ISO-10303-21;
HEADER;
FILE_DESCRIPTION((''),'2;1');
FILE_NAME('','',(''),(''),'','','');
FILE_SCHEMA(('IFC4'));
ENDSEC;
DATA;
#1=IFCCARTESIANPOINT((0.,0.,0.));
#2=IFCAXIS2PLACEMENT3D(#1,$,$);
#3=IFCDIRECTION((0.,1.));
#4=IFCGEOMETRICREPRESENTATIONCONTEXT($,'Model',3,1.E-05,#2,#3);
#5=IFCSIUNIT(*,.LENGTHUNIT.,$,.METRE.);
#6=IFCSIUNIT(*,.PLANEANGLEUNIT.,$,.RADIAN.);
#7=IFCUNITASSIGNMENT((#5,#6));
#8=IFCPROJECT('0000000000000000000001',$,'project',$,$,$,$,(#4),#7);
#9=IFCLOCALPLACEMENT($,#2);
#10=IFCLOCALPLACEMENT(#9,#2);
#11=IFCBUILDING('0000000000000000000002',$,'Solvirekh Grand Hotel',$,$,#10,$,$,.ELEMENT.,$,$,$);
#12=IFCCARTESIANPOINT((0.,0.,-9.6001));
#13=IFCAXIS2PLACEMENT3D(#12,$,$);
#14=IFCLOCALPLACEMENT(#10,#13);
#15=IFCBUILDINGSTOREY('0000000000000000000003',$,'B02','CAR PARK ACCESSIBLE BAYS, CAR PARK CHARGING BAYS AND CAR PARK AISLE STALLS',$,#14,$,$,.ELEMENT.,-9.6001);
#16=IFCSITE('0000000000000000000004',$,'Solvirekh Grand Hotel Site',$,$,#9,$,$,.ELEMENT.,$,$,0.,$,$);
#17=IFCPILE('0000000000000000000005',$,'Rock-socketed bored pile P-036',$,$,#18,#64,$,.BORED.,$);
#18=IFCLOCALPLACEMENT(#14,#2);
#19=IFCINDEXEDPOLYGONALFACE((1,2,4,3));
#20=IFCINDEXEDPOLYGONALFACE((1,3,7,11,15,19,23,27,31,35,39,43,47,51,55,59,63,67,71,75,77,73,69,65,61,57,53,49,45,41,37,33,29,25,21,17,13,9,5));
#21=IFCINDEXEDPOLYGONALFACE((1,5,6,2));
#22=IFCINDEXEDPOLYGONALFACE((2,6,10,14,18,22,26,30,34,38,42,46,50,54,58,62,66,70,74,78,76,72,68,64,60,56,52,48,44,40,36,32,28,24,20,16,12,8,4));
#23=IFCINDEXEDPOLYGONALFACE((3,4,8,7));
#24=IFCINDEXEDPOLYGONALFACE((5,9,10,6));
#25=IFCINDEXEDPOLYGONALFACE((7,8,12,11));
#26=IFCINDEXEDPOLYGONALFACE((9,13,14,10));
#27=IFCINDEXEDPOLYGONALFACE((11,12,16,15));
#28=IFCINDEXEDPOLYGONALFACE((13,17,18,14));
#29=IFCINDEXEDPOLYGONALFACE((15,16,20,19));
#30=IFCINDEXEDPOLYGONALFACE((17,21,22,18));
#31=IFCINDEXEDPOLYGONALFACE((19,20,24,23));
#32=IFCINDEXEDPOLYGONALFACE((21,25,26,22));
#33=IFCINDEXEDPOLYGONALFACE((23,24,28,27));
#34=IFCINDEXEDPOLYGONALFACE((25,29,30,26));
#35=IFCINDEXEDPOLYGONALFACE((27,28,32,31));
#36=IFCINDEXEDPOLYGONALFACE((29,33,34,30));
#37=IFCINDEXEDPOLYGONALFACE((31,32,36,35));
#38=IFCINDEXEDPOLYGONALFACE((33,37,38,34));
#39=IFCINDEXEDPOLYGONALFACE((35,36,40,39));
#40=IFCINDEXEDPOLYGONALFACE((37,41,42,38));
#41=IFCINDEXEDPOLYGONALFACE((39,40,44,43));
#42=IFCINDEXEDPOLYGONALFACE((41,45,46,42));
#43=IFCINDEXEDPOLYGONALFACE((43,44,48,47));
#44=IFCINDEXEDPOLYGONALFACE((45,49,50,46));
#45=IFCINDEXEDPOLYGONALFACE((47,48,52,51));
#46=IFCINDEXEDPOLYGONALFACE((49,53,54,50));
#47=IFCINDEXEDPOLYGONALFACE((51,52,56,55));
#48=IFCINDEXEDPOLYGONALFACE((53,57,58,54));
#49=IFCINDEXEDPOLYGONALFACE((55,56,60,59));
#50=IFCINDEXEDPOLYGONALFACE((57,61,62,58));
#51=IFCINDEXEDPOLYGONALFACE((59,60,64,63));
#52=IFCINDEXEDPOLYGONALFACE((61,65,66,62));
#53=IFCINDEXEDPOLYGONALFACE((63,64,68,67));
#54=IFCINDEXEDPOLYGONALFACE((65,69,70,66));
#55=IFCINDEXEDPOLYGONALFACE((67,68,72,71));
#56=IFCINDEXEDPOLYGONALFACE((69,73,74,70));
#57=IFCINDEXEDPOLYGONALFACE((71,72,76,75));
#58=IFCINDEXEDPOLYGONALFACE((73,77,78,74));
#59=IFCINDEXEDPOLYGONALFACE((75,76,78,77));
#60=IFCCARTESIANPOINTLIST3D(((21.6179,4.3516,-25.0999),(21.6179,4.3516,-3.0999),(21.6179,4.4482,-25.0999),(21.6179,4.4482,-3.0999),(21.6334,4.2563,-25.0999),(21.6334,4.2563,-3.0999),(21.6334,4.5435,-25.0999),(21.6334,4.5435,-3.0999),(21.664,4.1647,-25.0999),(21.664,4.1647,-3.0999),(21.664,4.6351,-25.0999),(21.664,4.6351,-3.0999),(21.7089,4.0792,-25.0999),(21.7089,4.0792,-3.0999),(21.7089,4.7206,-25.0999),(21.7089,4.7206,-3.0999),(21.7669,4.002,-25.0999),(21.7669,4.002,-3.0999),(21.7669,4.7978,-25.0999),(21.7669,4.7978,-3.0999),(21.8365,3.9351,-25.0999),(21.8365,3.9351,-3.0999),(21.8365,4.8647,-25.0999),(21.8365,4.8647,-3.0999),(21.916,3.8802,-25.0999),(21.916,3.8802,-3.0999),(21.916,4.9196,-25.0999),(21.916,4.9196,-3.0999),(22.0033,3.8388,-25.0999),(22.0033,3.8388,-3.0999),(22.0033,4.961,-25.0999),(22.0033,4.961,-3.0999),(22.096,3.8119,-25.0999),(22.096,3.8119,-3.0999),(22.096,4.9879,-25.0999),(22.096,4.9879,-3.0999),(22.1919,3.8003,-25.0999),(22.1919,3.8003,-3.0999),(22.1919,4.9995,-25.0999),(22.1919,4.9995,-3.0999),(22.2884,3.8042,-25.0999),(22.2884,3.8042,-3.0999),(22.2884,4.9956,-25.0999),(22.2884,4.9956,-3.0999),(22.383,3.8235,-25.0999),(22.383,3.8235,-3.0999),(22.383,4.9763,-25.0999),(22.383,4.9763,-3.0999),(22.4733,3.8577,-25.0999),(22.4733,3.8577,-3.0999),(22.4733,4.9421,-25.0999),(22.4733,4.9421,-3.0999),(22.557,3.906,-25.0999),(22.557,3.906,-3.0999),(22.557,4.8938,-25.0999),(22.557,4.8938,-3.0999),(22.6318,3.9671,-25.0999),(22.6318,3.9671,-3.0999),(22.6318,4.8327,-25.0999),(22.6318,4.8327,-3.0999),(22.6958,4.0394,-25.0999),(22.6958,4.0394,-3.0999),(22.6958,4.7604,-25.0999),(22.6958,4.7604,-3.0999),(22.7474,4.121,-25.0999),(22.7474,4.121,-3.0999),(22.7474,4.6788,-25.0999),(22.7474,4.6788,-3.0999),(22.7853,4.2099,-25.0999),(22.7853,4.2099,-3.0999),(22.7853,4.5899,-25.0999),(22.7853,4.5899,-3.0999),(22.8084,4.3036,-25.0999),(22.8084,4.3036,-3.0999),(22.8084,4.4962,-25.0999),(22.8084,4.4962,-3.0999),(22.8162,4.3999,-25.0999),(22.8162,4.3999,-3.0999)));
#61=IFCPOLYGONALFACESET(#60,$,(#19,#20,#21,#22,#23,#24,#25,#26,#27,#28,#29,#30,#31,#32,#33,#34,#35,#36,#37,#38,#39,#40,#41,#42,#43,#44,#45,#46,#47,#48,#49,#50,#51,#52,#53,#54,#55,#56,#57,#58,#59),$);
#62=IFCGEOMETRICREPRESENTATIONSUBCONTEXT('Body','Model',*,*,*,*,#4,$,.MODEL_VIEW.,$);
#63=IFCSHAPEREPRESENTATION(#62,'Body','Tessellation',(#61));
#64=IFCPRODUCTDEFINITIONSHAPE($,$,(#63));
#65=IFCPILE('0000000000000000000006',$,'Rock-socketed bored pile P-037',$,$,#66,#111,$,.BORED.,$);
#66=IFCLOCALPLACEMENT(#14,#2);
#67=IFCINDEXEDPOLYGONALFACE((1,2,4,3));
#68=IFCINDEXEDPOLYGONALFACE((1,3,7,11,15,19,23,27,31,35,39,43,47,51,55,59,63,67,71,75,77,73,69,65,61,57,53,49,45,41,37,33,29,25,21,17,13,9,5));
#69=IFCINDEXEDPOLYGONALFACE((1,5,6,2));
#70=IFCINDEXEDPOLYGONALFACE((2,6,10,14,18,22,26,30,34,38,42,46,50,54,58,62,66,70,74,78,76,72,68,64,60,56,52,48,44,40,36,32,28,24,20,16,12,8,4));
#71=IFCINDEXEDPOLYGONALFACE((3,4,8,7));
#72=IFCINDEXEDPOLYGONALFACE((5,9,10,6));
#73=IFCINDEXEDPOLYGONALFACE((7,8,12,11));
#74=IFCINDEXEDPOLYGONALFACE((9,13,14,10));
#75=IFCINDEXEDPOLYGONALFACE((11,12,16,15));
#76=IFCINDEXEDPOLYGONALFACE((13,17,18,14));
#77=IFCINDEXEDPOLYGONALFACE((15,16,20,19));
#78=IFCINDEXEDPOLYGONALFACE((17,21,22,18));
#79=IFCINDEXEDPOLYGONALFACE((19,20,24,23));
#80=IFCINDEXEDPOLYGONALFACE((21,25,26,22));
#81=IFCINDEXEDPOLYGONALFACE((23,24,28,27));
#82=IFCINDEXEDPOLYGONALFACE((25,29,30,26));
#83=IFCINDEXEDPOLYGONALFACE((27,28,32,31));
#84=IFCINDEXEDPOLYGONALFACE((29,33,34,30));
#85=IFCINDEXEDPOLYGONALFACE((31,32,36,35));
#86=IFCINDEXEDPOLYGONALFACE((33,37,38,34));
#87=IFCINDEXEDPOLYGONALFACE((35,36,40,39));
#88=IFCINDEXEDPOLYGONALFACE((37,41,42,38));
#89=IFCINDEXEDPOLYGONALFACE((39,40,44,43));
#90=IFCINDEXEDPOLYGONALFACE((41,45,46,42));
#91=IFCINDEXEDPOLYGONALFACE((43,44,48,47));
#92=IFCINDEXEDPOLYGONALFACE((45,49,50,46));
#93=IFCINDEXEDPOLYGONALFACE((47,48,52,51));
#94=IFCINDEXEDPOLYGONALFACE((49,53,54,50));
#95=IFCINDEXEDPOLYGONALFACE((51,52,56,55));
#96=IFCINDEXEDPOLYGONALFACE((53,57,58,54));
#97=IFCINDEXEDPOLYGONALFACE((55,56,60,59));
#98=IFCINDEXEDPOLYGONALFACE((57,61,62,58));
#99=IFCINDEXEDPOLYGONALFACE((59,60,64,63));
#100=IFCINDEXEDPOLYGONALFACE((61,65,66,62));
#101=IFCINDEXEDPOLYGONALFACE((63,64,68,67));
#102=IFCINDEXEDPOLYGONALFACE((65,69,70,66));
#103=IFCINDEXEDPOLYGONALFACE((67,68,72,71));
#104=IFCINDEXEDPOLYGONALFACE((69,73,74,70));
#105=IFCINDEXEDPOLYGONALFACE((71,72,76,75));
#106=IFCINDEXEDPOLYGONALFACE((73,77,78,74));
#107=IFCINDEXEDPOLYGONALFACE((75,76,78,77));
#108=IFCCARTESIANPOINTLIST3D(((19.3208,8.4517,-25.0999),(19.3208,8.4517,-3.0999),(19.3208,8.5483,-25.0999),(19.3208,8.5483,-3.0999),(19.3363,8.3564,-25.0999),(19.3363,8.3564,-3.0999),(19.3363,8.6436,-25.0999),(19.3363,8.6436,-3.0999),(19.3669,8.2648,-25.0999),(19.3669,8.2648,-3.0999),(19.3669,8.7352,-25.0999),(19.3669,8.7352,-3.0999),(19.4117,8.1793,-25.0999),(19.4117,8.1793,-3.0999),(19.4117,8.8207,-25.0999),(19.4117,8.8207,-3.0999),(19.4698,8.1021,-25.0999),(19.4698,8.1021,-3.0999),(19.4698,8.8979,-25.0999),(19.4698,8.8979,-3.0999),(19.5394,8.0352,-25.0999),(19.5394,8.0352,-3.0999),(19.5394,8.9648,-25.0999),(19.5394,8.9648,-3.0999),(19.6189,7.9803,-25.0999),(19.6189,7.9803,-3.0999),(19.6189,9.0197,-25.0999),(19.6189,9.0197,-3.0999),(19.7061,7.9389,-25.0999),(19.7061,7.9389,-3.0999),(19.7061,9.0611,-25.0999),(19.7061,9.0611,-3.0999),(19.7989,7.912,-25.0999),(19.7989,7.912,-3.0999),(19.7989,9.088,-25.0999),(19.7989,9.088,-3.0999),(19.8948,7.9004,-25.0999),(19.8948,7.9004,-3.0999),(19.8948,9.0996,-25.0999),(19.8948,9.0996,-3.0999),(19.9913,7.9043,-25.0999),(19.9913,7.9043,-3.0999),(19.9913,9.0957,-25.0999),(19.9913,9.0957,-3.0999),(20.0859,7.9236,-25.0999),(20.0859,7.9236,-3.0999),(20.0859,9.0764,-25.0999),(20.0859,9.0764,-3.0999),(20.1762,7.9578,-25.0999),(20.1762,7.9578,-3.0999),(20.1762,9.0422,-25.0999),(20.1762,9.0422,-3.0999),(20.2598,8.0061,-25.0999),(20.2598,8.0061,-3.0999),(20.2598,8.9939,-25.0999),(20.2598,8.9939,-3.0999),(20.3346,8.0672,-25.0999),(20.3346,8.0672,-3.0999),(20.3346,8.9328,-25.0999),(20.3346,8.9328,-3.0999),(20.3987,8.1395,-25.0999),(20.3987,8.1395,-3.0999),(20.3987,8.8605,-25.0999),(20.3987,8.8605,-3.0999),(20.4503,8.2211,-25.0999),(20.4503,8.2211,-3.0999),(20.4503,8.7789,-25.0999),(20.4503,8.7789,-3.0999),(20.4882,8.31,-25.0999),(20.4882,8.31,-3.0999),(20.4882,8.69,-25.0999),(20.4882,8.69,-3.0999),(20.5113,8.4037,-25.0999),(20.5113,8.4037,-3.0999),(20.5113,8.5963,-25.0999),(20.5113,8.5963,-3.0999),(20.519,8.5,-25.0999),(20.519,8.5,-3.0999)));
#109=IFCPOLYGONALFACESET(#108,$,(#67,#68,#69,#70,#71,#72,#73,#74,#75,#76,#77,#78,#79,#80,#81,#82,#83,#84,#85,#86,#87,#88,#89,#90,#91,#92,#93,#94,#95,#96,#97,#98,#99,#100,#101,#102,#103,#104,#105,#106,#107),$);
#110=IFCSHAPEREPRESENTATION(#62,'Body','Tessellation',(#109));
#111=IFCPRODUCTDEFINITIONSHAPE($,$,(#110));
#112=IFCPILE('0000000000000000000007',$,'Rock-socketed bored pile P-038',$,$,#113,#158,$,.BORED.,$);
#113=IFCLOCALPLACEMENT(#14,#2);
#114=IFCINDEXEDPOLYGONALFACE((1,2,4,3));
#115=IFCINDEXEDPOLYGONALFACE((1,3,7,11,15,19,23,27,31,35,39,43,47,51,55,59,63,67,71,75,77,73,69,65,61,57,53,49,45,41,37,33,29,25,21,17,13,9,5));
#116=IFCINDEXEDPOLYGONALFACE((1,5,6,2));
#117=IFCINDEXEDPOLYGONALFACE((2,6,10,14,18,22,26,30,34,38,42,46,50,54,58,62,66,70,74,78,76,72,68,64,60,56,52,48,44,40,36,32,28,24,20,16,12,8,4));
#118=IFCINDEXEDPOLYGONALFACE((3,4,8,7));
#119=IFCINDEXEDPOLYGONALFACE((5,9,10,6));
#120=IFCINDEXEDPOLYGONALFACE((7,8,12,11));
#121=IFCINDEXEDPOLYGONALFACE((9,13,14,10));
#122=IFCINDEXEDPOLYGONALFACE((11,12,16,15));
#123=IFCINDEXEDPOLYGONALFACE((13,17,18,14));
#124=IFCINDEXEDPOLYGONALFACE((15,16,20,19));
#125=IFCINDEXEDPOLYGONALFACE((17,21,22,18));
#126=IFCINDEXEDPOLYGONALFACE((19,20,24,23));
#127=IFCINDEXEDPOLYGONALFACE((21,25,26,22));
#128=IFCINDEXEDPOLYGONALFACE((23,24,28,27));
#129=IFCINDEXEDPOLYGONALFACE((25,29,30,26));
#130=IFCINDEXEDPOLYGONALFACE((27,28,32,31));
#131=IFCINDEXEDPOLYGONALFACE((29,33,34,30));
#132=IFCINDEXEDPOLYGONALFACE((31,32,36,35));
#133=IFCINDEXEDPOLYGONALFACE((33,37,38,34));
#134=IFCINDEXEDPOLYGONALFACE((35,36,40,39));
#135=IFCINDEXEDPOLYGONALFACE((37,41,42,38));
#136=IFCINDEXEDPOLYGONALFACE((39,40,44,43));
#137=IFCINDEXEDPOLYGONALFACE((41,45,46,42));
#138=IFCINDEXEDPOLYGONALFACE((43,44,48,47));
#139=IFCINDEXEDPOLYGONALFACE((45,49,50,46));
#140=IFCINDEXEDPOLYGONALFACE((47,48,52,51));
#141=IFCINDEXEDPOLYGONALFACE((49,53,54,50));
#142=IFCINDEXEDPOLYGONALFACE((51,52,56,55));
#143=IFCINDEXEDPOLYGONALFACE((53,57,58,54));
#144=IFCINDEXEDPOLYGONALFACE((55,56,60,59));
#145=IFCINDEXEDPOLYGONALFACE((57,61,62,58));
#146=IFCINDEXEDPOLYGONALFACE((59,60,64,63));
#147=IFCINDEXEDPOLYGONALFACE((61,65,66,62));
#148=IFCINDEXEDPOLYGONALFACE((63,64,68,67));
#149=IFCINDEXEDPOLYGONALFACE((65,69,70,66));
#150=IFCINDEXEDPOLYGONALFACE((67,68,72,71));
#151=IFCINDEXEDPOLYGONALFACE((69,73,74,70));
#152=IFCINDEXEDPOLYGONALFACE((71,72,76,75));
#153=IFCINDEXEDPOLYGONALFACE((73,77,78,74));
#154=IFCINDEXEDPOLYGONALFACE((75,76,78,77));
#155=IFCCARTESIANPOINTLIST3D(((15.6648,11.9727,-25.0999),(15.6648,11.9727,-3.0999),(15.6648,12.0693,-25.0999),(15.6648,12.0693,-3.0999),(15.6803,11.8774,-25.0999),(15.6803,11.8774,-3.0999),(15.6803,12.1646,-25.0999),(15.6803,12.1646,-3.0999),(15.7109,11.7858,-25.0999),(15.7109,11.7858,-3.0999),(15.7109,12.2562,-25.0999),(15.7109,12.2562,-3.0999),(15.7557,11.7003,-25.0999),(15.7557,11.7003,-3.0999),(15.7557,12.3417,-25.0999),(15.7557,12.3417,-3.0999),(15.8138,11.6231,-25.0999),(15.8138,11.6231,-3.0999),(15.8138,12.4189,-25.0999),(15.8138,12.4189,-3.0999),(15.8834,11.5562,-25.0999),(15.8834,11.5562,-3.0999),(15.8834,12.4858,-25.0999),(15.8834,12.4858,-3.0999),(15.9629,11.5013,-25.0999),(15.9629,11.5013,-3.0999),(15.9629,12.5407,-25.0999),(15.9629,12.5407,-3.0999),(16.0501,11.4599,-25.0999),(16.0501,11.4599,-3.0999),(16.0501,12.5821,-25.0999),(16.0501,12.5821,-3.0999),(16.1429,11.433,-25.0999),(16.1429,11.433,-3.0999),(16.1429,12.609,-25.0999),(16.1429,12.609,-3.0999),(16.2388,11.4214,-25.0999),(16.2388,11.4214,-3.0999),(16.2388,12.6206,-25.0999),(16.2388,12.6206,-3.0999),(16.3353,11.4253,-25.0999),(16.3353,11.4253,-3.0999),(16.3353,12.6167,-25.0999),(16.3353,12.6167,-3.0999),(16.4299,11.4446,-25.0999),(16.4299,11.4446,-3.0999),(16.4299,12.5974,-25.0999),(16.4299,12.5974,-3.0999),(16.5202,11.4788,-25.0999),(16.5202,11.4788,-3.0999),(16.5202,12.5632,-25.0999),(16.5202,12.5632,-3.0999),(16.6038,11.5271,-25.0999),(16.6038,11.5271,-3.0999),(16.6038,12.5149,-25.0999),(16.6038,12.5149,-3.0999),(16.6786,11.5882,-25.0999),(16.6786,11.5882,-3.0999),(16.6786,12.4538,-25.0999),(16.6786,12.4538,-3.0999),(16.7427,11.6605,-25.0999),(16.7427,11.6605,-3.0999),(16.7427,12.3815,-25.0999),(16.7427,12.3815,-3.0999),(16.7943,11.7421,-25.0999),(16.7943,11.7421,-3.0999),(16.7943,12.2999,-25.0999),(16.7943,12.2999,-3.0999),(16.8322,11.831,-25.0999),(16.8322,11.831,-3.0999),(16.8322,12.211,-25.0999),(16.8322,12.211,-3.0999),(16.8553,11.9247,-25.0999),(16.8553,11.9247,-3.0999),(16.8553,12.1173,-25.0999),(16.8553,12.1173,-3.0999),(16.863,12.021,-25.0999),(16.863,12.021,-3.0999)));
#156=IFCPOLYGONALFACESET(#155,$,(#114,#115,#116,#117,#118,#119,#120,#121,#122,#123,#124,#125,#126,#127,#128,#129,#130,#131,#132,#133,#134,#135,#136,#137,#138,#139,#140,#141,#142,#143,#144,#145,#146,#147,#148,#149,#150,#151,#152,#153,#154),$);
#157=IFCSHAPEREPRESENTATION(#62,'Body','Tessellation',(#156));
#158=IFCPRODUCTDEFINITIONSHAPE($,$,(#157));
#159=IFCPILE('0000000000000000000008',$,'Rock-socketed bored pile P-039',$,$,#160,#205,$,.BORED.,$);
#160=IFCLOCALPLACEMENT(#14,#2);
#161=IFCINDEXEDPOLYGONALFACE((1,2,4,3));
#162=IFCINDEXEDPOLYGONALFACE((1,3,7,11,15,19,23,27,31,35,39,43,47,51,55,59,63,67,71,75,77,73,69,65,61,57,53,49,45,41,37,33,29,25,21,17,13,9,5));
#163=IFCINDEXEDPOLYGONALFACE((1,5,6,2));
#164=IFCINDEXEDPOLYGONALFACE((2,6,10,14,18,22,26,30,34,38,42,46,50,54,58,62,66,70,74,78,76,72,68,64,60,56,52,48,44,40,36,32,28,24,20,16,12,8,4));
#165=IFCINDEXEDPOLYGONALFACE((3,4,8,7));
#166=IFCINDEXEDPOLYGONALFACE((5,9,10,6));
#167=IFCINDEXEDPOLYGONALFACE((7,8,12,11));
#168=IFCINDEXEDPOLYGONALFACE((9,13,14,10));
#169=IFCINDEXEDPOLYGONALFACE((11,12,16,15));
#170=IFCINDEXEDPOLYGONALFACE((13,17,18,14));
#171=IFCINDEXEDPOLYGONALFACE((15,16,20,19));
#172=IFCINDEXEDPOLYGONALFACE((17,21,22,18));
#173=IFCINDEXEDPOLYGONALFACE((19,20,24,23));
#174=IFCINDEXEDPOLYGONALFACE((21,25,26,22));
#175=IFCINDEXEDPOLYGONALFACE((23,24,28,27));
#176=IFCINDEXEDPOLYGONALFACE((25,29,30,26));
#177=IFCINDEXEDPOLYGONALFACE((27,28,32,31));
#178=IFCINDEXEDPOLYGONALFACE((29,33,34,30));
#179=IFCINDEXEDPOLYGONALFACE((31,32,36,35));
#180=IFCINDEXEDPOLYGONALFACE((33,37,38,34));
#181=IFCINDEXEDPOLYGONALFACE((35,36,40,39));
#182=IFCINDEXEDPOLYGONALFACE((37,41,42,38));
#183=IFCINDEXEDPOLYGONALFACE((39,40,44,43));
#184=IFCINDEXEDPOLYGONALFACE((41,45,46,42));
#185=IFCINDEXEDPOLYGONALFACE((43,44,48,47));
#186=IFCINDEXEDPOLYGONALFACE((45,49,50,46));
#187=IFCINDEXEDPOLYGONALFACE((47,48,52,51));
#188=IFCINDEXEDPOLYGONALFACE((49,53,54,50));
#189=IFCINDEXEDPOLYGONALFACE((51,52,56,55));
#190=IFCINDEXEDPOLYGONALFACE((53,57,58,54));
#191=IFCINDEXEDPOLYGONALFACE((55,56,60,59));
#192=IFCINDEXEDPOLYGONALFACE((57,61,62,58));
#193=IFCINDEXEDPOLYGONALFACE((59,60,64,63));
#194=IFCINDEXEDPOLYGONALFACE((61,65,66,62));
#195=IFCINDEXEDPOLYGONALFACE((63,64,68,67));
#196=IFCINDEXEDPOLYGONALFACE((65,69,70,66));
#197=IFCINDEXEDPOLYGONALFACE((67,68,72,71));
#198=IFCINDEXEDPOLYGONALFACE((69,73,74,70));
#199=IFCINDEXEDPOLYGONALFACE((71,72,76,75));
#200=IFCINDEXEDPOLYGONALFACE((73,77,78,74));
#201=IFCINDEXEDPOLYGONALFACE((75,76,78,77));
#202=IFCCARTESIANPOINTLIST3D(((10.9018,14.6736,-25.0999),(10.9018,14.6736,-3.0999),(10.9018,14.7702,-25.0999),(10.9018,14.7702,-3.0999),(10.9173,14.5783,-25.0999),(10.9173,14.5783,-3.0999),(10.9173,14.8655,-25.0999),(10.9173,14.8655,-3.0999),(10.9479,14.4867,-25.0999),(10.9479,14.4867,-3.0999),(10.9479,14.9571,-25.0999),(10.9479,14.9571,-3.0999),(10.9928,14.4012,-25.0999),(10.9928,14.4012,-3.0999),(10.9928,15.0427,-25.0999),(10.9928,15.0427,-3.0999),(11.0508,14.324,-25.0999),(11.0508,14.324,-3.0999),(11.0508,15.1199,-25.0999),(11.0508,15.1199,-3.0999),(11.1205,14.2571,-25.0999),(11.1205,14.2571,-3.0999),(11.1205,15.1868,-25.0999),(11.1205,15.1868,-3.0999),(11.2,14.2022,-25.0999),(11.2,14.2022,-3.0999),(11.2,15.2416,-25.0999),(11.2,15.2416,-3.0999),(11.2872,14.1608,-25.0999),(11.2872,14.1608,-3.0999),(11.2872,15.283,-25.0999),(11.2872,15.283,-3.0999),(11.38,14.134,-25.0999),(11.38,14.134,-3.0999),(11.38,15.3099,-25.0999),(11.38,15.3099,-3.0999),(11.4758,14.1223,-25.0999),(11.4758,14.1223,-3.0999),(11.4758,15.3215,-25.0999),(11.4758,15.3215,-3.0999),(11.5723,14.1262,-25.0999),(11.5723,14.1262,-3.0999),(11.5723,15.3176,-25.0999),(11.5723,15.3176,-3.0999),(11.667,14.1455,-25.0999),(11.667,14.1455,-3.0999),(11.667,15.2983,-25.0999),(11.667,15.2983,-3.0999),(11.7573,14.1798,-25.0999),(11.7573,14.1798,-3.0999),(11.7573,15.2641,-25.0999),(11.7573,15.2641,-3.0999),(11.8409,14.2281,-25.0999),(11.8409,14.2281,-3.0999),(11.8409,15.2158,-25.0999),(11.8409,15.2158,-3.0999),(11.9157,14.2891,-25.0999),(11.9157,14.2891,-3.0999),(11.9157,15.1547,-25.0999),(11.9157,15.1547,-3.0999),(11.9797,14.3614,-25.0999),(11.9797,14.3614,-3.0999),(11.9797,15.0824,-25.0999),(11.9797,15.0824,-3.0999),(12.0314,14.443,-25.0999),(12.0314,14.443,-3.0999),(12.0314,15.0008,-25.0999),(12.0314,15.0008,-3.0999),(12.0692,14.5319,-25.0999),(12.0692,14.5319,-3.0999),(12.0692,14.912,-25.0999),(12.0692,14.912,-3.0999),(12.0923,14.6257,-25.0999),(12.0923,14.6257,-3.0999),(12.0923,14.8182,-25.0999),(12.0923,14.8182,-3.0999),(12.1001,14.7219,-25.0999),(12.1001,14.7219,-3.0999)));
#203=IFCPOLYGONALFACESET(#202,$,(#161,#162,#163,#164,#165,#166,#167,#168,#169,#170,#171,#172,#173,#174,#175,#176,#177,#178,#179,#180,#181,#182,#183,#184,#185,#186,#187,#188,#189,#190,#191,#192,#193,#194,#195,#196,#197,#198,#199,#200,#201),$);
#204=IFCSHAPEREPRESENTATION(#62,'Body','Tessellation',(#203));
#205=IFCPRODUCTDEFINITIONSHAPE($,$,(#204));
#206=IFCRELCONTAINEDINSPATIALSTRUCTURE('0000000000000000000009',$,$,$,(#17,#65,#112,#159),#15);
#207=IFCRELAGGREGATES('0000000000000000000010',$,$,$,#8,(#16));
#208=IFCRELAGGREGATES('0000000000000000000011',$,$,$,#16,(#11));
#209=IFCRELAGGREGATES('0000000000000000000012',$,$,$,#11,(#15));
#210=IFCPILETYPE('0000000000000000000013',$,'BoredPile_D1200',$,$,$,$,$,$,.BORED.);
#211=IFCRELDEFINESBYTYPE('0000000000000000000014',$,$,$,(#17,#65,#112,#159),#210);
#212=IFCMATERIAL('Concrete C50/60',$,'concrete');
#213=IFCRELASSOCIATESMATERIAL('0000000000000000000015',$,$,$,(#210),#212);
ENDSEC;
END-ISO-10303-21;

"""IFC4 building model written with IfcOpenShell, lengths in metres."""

from ifc_helpers import new_model, si_unit, direction, frame, origin, origin_2d, place, context, subcontext, project, spatial, circle, extrude, material, material_profile, profile_set, type_object, element, save


model = new_model("IFC4")

# Units and contexts
model_context = context("Model", 3, precision=1e-05, world=origin(), true_north=direction((0.0, 1.0)))
body_context = subcontext(model_context, "Body", "Model", "MODEL_VIEW")
ifc_project = project(units=[si_unit("LENGTHUNIT", "METRE"), si_unit("PLANEANGLEUNIT", "RADIAN")], contexts=[model_context])

# Site, building, storey
site_placement = place(None, origin())
site = spatial("IfcSite", under=ifc_project, at=site_placement, Name="Solvirekh Grand Hotel Site", CompositionType="ELEMENT", RefElevation=0.0)
building_placement = place(site_placement, origin())
building = spatial("IfcBuilding", under=site, at=building_placement, Name="Solvirekh Grand Hotel", CompositionType="ELEMENT")
storey_placement = place(building_placement, frame((0.0, 0.0, -9.6001)))
storey = spatial("IfcBuildingStorey", under=building, at=storey_placement, Name="B02", Description="CAR PARK ACCESSIBLE BAYS, CAR PARK CHARGING BAYS AND CAR PARK AISLE STALLS", CompositionType="ELEMENT", Elevation=-9.6001)

# Piles
ifc_material_1 = material(Name="Concrete C50/60", Category="concrete")
ifc_material_profile_1 = material_profile(ifc_material_1, circle(Radius=0.6001, at=origin_2d()), Name="BORED PILE D1200")
ifc_profile_set_1 = profile_set([ifc_material_profile_1], Name="Concrete C50/60")
pile_type_1 = type_object("IfcPileType", Name="BoredPile_D1200", PredefinedType="BORED", material=ifc_profile_set_1)
for number, where, z_axis, x_axis, name in (
    (1, (22.2161, 4.3999, -3.0999), (0.0, 0.0, -1.0), (1.0, 0.0, 0.0), "Rock-socketed bored pile P-036"),
    (2, (19.9189, 8.5, -3.0999), (0.0, 0.0, -1.0), (1.0, 0.0, 0.0), "Rock-socketed bored pile P-037"),
    (3, (16.2629, 12.021, -3.0999), (0.0, 0.0, -1.0), (1.0, 0.0, 0.0), "Rock-socketed bored pile P-038"),
    (4, (11.5, 14.7219, -3.0999), (0.0, 0.0, -1.0), (1.0, 0.0, 0.0), "Rock-socketed bored pile P-039"),
):
    element("IfcPile", number, at=place(storey_placement, frame(where, z_axis=z_axis, x_axis=x_axis)), inside=storey, type_object=pile_type_1, Name=name, PredefinedType="BORED", context=body_context, shape_type="SweptSolid", body=[
        extrude(circle(Radius=0.6001, at=origin_2d()), origin(), (0.0, 0.0, 1.0), 22.0),
    ])

save(model, "model.ifc")
